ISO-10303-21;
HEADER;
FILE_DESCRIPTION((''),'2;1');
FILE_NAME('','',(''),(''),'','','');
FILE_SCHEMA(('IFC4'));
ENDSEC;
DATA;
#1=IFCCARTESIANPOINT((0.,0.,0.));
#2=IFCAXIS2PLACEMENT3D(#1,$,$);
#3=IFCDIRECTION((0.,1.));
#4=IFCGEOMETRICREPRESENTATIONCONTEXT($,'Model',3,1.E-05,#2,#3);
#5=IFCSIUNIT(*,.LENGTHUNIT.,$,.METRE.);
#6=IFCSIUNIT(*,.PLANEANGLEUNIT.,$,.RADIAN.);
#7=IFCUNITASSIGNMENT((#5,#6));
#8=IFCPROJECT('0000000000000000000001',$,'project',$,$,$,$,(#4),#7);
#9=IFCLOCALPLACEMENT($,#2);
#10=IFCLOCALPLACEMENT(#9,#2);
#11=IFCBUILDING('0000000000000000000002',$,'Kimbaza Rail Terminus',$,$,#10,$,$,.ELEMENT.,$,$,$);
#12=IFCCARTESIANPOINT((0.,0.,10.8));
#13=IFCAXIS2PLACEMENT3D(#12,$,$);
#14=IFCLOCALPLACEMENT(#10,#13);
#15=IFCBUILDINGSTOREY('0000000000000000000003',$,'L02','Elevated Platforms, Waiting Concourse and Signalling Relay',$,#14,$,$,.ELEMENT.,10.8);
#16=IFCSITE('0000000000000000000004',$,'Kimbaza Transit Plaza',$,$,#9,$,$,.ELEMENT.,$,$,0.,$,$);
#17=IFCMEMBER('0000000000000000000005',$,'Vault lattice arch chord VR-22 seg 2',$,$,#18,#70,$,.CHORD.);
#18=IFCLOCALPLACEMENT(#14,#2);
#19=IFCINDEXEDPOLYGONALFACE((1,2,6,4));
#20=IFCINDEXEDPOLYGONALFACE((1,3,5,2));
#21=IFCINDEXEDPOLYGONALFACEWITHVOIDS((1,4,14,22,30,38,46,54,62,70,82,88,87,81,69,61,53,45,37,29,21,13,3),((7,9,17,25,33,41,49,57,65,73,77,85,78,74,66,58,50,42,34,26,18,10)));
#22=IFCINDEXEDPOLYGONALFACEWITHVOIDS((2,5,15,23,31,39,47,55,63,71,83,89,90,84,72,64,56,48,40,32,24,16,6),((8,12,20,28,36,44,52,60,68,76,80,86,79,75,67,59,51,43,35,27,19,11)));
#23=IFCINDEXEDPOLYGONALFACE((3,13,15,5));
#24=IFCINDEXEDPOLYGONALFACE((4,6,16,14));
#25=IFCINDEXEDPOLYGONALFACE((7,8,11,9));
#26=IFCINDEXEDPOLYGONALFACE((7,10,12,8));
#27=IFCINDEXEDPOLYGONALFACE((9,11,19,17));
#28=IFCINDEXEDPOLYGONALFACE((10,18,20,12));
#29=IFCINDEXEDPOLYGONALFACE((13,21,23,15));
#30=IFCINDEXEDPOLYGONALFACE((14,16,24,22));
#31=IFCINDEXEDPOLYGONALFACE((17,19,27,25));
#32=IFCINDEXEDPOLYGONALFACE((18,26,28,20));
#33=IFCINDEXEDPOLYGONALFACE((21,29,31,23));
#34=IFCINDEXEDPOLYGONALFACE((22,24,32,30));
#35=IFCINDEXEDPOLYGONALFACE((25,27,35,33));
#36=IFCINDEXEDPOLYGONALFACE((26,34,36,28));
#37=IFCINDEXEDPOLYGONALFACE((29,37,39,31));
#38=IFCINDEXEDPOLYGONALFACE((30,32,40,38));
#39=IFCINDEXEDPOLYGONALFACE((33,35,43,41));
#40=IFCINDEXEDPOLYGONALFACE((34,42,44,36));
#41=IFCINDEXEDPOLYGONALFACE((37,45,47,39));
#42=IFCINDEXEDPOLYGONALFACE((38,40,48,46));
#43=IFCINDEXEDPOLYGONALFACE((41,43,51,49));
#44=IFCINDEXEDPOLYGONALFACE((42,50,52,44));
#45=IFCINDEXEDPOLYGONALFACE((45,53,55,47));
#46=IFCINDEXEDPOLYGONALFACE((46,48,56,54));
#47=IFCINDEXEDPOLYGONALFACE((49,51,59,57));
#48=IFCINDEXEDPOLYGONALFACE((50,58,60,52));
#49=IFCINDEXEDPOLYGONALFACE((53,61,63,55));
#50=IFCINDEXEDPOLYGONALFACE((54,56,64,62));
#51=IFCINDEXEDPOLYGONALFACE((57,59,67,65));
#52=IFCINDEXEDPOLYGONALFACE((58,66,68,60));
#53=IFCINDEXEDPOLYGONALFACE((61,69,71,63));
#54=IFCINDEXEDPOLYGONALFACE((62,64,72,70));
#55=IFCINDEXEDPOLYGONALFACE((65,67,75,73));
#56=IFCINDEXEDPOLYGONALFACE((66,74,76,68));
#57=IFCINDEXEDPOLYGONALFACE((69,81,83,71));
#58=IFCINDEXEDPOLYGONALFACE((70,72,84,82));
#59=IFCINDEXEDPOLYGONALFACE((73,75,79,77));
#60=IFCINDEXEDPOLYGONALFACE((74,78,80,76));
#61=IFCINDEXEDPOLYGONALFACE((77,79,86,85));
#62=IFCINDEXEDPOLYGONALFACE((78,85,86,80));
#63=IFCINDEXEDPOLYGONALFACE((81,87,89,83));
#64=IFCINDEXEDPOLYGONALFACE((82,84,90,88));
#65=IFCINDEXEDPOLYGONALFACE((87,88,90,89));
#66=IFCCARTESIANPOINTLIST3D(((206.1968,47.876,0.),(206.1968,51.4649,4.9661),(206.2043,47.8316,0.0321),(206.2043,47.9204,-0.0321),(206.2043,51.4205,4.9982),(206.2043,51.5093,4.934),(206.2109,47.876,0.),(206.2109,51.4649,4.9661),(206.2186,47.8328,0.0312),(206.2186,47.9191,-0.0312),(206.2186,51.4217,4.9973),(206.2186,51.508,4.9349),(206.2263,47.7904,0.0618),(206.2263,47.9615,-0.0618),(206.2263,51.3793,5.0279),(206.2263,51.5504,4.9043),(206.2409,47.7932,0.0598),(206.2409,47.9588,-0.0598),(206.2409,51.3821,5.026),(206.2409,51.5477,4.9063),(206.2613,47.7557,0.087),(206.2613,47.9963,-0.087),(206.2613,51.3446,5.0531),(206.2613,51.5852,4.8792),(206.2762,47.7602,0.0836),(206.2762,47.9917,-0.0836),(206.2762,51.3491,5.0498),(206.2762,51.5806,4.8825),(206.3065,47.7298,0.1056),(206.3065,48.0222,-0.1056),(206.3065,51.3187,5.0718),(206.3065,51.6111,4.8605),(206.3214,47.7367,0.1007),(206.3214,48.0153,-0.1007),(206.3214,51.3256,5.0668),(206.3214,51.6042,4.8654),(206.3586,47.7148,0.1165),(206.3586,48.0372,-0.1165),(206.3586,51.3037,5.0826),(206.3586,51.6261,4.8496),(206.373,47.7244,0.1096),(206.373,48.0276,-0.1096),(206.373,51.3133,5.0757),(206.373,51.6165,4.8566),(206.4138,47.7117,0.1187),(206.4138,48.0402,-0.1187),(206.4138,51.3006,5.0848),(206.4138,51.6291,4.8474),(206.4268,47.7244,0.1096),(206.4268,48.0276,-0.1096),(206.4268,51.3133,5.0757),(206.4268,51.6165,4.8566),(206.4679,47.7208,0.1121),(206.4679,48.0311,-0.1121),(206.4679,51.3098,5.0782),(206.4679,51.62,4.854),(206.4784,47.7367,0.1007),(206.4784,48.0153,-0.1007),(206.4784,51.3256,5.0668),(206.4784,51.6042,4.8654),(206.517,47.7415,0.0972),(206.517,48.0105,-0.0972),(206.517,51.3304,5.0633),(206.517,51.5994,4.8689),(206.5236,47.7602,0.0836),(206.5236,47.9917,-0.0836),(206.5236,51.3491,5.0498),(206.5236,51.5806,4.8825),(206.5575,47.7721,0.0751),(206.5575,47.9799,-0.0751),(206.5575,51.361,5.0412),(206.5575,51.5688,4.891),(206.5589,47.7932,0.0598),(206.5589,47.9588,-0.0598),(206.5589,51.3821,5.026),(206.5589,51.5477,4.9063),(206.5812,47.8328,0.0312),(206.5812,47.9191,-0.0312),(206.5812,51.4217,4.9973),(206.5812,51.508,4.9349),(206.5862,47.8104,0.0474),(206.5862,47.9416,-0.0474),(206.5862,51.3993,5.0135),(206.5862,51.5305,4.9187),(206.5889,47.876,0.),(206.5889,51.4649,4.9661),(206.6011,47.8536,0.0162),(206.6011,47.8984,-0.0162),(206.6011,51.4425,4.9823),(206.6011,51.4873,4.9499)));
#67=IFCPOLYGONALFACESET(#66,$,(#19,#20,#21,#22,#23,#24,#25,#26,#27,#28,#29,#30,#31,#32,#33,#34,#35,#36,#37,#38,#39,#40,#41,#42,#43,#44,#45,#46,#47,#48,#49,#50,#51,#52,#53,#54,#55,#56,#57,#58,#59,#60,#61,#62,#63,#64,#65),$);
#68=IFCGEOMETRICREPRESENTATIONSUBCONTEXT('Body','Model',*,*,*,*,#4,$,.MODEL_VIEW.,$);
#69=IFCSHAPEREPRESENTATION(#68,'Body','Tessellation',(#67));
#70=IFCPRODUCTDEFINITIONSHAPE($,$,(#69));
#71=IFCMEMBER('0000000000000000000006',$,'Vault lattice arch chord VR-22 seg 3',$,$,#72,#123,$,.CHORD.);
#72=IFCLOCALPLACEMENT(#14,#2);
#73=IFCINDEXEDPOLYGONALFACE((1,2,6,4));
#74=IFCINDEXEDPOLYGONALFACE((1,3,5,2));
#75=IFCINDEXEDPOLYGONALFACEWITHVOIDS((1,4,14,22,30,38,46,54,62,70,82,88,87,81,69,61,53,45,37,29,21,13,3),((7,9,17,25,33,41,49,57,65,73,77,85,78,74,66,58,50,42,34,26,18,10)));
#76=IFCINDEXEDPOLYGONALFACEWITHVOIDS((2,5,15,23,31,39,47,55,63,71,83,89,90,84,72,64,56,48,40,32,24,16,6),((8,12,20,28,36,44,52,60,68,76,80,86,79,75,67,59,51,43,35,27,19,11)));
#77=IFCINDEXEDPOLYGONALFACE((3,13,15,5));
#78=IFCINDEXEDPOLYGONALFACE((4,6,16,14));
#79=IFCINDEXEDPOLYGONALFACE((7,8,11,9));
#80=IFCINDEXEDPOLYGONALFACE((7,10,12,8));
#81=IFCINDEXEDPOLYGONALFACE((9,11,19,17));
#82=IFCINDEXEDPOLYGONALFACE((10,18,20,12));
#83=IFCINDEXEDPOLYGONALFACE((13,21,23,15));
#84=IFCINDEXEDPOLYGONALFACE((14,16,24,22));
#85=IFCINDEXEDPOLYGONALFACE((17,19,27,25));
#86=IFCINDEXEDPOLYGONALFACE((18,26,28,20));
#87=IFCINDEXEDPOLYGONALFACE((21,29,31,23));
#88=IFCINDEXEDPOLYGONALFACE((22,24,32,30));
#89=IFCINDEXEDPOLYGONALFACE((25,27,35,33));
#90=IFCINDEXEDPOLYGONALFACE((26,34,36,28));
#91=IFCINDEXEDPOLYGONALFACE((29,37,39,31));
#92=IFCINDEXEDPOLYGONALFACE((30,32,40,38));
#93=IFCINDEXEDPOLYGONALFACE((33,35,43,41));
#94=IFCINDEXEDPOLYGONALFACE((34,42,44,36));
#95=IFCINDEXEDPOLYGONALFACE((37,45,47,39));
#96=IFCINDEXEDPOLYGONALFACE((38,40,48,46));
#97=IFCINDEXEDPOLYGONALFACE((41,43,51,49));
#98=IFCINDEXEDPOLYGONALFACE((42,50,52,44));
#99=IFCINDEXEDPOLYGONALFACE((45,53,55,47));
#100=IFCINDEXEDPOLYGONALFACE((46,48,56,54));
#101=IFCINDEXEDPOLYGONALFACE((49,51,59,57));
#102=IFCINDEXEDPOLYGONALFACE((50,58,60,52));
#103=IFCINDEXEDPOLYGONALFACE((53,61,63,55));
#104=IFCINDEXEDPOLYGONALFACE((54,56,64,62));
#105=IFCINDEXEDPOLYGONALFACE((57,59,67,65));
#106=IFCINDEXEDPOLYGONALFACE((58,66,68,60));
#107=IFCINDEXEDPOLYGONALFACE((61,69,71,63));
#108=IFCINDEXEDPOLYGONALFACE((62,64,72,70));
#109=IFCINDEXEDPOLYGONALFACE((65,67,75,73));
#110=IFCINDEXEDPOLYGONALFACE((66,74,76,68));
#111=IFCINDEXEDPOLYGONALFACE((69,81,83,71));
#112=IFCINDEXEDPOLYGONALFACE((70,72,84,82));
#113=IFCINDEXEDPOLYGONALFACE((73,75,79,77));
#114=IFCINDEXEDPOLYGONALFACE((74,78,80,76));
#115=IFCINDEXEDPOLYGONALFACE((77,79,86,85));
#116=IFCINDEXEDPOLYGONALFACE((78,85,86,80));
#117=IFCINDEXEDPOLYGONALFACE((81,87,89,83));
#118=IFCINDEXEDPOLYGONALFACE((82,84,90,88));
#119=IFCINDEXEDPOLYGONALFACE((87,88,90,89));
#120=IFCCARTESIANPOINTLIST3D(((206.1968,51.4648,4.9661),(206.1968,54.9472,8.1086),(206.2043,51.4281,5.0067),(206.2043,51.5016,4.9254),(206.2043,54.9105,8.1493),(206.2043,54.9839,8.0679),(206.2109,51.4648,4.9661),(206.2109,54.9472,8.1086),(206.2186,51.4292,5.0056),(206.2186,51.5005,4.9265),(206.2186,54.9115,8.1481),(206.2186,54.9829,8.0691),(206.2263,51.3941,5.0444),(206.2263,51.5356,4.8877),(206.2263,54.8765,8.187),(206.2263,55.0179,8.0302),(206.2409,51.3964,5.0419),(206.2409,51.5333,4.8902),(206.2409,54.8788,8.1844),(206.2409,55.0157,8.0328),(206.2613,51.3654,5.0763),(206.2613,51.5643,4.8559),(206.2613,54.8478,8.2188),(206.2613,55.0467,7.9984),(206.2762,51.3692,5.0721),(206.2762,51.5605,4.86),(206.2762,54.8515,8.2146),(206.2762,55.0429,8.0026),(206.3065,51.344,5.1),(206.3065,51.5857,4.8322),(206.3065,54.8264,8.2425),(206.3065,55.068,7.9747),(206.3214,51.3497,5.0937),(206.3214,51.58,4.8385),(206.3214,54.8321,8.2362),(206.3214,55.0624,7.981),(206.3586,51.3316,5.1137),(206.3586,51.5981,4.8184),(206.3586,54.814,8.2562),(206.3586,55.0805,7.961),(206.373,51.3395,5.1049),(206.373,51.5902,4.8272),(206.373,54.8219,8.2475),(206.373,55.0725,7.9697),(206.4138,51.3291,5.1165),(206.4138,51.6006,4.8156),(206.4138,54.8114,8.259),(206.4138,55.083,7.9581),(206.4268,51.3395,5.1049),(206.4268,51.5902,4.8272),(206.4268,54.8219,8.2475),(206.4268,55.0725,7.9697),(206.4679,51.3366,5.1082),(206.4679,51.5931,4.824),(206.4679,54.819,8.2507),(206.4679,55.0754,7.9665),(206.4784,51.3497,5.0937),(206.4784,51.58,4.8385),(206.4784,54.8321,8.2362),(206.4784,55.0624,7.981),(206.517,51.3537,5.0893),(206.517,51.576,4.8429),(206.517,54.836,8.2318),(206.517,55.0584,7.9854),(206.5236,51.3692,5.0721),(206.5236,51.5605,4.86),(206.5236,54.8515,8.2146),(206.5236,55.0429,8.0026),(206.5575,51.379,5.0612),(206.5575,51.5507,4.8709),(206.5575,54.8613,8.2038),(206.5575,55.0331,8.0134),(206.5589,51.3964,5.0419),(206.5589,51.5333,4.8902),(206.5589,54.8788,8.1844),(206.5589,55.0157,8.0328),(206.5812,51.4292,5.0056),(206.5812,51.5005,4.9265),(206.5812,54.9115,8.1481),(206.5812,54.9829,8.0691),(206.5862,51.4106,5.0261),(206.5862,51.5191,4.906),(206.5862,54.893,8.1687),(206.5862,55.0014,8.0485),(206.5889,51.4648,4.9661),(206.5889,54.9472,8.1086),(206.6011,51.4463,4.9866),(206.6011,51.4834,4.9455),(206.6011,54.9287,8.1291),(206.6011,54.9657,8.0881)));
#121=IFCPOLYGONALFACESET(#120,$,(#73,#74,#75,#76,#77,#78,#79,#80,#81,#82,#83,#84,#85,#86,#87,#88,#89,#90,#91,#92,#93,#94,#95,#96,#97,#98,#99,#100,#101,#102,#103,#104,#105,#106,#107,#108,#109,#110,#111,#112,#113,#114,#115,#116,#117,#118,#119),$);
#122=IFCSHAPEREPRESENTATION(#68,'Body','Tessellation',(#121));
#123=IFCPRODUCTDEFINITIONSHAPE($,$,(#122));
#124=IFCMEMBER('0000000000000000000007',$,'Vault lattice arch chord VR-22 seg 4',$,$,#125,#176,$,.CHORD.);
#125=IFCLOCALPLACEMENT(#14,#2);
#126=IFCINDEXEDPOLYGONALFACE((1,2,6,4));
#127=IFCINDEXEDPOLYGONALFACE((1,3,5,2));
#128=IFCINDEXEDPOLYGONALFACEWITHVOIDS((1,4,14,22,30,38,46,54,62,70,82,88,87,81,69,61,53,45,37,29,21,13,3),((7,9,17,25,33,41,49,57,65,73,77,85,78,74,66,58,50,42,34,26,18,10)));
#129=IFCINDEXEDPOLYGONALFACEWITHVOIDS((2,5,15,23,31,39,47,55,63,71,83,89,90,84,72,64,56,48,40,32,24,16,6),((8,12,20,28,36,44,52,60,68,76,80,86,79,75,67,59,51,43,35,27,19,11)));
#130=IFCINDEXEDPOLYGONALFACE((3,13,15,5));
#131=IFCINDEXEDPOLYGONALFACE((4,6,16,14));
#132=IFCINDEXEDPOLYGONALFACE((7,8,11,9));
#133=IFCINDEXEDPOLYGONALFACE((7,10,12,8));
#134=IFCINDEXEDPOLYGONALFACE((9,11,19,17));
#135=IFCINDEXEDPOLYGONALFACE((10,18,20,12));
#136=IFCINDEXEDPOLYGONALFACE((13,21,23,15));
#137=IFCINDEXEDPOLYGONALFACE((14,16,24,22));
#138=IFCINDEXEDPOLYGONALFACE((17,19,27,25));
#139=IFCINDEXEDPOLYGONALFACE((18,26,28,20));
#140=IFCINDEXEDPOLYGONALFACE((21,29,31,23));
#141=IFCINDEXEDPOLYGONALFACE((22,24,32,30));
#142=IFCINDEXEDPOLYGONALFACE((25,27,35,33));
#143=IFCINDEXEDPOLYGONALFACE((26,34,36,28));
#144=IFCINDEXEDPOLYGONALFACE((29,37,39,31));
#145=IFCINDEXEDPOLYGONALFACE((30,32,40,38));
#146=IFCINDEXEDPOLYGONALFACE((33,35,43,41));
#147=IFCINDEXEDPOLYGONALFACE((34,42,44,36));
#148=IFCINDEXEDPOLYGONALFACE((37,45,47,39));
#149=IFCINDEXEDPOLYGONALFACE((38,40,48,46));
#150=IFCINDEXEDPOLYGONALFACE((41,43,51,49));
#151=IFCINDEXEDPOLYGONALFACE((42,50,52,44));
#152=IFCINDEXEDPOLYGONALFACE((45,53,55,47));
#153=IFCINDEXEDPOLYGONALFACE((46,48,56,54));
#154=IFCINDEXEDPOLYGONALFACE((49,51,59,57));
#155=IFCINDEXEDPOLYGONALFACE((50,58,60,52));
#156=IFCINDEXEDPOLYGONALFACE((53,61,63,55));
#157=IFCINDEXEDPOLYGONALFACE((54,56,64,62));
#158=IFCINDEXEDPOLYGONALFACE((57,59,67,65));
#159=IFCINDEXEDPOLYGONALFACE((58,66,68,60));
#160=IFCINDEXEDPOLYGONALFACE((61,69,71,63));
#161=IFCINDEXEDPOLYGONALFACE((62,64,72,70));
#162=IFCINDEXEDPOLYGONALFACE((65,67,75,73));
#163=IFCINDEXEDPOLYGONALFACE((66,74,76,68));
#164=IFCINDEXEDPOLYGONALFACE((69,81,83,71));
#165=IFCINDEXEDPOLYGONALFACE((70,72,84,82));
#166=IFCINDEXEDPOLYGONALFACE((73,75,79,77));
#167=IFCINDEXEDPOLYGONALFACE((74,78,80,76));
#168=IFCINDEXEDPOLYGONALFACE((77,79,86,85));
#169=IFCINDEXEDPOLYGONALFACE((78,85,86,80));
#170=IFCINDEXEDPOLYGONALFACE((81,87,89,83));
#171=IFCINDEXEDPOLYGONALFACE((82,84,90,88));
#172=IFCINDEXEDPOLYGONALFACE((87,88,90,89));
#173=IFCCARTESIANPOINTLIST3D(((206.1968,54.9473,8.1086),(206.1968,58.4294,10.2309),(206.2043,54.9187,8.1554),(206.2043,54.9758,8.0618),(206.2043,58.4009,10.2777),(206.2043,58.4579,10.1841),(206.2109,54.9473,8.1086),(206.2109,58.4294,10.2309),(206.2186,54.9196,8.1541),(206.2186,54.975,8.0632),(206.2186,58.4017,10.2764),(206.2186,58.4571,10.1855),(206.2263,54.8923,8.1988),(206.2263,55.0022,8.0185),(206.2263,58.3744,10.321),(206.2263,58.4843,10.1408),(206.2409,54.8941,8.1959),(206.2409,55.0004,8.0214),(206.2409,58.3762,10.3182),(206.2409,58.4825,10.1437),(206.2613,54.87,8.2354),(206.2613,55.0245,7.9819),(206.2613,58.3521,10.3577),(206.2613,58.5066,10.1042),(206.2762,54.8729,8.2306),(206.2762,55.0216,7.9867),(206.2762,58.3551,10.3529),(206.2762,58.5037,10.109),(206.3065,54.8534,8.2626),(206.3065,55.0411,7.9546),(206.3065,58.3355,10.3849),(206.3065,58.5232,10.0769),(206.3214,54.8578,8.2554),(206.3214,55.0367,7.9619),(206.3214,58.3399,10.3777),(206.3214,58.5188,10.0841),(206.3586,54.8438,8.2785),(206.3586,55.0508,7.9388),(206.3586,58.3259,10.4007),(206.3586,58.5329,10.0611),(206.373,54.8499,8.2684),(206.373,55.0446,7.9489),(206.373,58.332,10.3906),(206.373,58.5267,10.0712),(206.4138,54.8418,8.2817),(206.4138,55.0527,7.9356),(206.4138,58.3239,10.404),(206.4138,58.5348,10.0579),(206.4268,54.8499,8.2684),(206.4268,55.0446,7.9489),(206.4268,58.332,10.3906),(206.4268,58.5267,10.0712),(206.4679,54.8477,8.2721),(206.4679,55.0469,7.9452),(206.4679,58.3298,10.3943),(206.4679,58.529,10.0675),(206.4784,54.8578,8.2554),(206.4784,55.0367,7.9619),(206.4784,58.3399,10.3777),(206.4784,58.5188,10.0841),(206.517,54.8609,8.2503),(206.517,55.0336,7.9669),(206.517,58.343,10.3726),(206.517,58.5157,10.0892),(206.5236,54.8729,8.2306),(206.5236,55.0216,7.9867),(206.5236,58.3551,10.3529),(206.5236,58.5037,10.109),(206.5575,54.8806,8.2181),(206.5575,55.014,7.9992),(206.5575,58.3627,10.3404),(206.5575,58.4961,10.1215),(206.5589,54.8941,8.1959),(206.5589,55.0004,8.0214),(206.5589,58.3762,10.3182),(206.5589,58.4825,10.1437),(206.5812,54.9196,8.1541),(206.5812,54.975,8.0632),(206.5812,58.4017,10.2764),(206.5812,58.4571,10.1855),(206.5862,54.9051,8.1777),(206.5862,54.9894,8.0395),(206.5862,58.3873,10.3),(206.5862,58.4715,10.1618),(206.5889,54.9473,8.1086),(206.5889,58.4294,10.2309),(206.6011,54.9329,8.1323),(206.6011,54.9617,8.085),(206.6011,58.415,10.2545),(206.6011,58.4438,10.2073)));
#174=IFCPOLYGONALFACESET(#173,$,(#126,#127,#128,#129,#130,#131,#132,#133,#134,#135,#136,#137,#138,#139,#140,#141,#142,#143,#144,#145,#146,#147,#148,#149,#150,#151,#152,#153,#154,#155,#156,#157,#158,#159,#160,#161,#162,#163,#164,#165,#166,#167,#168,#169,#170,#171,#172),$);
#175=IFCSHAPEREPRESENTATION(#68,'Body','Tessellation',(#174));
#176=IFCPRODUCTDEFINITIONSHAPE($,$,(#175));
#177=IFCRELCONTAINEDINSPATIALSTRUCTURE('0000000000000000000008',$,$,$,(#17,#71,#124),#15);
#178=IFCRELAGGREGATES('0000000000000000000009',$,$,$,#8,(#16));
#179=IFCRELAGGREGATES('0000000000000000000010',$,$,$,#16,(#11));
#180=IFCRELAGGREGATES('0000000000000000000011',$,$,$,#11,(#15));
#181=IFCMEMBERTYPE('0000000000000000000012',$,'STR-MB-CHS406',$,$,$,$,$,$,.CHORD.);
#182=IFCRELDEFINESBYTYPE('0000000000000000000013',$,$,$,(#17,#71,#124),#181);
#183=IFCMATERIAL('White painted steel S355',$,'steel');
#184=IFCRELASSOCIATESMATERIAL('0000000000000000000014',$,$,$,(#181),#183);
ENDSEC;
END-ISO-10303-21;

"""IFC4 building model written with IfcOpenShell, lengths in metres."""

from ifc_helpers import new_model, si_unit, direction, frame, origin, origin_2d, place, context, subcontext, project, spatial, hollow_circle, extrude, material, material_profile, profile_set, type_object, element, save


model = new_model("IFC4")

# Units and contexts
model_context = context("Model", 3, precision=1e-05, world=origin(), true_north=direction((0.0, 1.0)))
body_context = subcontext(model_context, "Body", "Model", "MODEL_VIEW")
ifc_project = project(units=[si_unit("LENGTHUNIT", "METRE"), si_unit("PLANEANGLEUNIT", "RADIAN")], contexts=[model_context])

# Site, building, storey
site_placement = place(None, origin())
site = spatial("IfcSite", under=ifc_project, at=site_placement, Name="Kimbaza Transit Plaza", CompositionType="ELEMENT", RefElevation=0.0)
building_placement = place(site_placement, origin())
building = spatial("IfcBuilding", under=site, at=building_placement, Name="Kimbaza Rail Terminus", CompositionType="ELEMENT")
storey_placement = place(building_placement, frame((0.0, 0.0, 10.8)))
storey = spatial("IfcBuildingStorey", under=building, at=storey_placement, Name="L02", Description="Elevated Platforms, Waiting Concourse and Signalling Relay", CompositionType="ELEMENT", Elevation=10.8)

# Members
ifc_material_1 = material(Name="White painted steel S355", Category="steel")
ifc_material_profile_1 = material_profile(ifc_material_1, hollow_circle(Radius=0.2031, WallThickness=0.0142, at=origin_2d()), Name="CHS 406.4x14.2")
ifc_profile_set_1 = profile_set([ifc_material_profile_1], Name="White painted steel S355")
member_type_1 = type_object("IfcMemberType", Name="STR-MB-CHS406", PredefinedType="CHORD", material=ifc_profile_set_1)
member_1_placement = place(storey_placement, frame((206.3999, 47.876, 0.0), z_axis=(0.0, 0.585733, 0.810504), x_axis=(-1.0, 0.0, 0.0)))
element("IfcMember", 1, at=member_1_placement, inside=storey, type_object=member_type_1, Name="Vault lattice arch chord VR-22 seg 2", PredefinedType="CHORD", context=body_context, shape_type="SweptSolid", body=[
    extrude(hollow_circle(Radius=0.2031, WallThickness=0.0142, at=origin_2d()), origin(), (0.0, 0.0, 1.0), 6.1272),
])
member_2_placement = place(storey_placement, frame((206.3999, 51.4648, 4.9661), z_axis=(0.0, 0.742403, 0.669953), x_axis=(-1.0, 0.0, 0.0)))
element("IfcMember", 2, at=member_2_placement, inside=storey, type_object=member_type_1, Name="Vault lattice arch chord VR-22 seg 3", PredefinedType="CHORD", context=body_context, shape_type="SweptSolid", body=[
    extrude(hollow_circle(Radius=0.2031, WallThickness=0.0142, at=origin_2d()), origin(), (0.0, 0.0, 1.0), 4.6907),
])
member_3_placement = place(storey_placement, frame((206.3999, 54.9473, 8.1086), z_axis=(0.0, 0.853901, 0.520435), x_axis=(-1.0, 0.0, 0.0)))
element("IfcMember", 3, at=member_3_placement, inside=storey, type_object=member_type_1, Name="Vault lattice arch chord VR-22 seg 4", PredefinedType="CHORD", context=body_context, shape_type="SweptSolid", body=[
    extrude(hollow_circle(Radius=0.2031, WallThickness=0.0142, at=origin_2d()), origin(), (0.0, 0.0, 1.0), 4.0779),
])

save(model, "model.ifc")
